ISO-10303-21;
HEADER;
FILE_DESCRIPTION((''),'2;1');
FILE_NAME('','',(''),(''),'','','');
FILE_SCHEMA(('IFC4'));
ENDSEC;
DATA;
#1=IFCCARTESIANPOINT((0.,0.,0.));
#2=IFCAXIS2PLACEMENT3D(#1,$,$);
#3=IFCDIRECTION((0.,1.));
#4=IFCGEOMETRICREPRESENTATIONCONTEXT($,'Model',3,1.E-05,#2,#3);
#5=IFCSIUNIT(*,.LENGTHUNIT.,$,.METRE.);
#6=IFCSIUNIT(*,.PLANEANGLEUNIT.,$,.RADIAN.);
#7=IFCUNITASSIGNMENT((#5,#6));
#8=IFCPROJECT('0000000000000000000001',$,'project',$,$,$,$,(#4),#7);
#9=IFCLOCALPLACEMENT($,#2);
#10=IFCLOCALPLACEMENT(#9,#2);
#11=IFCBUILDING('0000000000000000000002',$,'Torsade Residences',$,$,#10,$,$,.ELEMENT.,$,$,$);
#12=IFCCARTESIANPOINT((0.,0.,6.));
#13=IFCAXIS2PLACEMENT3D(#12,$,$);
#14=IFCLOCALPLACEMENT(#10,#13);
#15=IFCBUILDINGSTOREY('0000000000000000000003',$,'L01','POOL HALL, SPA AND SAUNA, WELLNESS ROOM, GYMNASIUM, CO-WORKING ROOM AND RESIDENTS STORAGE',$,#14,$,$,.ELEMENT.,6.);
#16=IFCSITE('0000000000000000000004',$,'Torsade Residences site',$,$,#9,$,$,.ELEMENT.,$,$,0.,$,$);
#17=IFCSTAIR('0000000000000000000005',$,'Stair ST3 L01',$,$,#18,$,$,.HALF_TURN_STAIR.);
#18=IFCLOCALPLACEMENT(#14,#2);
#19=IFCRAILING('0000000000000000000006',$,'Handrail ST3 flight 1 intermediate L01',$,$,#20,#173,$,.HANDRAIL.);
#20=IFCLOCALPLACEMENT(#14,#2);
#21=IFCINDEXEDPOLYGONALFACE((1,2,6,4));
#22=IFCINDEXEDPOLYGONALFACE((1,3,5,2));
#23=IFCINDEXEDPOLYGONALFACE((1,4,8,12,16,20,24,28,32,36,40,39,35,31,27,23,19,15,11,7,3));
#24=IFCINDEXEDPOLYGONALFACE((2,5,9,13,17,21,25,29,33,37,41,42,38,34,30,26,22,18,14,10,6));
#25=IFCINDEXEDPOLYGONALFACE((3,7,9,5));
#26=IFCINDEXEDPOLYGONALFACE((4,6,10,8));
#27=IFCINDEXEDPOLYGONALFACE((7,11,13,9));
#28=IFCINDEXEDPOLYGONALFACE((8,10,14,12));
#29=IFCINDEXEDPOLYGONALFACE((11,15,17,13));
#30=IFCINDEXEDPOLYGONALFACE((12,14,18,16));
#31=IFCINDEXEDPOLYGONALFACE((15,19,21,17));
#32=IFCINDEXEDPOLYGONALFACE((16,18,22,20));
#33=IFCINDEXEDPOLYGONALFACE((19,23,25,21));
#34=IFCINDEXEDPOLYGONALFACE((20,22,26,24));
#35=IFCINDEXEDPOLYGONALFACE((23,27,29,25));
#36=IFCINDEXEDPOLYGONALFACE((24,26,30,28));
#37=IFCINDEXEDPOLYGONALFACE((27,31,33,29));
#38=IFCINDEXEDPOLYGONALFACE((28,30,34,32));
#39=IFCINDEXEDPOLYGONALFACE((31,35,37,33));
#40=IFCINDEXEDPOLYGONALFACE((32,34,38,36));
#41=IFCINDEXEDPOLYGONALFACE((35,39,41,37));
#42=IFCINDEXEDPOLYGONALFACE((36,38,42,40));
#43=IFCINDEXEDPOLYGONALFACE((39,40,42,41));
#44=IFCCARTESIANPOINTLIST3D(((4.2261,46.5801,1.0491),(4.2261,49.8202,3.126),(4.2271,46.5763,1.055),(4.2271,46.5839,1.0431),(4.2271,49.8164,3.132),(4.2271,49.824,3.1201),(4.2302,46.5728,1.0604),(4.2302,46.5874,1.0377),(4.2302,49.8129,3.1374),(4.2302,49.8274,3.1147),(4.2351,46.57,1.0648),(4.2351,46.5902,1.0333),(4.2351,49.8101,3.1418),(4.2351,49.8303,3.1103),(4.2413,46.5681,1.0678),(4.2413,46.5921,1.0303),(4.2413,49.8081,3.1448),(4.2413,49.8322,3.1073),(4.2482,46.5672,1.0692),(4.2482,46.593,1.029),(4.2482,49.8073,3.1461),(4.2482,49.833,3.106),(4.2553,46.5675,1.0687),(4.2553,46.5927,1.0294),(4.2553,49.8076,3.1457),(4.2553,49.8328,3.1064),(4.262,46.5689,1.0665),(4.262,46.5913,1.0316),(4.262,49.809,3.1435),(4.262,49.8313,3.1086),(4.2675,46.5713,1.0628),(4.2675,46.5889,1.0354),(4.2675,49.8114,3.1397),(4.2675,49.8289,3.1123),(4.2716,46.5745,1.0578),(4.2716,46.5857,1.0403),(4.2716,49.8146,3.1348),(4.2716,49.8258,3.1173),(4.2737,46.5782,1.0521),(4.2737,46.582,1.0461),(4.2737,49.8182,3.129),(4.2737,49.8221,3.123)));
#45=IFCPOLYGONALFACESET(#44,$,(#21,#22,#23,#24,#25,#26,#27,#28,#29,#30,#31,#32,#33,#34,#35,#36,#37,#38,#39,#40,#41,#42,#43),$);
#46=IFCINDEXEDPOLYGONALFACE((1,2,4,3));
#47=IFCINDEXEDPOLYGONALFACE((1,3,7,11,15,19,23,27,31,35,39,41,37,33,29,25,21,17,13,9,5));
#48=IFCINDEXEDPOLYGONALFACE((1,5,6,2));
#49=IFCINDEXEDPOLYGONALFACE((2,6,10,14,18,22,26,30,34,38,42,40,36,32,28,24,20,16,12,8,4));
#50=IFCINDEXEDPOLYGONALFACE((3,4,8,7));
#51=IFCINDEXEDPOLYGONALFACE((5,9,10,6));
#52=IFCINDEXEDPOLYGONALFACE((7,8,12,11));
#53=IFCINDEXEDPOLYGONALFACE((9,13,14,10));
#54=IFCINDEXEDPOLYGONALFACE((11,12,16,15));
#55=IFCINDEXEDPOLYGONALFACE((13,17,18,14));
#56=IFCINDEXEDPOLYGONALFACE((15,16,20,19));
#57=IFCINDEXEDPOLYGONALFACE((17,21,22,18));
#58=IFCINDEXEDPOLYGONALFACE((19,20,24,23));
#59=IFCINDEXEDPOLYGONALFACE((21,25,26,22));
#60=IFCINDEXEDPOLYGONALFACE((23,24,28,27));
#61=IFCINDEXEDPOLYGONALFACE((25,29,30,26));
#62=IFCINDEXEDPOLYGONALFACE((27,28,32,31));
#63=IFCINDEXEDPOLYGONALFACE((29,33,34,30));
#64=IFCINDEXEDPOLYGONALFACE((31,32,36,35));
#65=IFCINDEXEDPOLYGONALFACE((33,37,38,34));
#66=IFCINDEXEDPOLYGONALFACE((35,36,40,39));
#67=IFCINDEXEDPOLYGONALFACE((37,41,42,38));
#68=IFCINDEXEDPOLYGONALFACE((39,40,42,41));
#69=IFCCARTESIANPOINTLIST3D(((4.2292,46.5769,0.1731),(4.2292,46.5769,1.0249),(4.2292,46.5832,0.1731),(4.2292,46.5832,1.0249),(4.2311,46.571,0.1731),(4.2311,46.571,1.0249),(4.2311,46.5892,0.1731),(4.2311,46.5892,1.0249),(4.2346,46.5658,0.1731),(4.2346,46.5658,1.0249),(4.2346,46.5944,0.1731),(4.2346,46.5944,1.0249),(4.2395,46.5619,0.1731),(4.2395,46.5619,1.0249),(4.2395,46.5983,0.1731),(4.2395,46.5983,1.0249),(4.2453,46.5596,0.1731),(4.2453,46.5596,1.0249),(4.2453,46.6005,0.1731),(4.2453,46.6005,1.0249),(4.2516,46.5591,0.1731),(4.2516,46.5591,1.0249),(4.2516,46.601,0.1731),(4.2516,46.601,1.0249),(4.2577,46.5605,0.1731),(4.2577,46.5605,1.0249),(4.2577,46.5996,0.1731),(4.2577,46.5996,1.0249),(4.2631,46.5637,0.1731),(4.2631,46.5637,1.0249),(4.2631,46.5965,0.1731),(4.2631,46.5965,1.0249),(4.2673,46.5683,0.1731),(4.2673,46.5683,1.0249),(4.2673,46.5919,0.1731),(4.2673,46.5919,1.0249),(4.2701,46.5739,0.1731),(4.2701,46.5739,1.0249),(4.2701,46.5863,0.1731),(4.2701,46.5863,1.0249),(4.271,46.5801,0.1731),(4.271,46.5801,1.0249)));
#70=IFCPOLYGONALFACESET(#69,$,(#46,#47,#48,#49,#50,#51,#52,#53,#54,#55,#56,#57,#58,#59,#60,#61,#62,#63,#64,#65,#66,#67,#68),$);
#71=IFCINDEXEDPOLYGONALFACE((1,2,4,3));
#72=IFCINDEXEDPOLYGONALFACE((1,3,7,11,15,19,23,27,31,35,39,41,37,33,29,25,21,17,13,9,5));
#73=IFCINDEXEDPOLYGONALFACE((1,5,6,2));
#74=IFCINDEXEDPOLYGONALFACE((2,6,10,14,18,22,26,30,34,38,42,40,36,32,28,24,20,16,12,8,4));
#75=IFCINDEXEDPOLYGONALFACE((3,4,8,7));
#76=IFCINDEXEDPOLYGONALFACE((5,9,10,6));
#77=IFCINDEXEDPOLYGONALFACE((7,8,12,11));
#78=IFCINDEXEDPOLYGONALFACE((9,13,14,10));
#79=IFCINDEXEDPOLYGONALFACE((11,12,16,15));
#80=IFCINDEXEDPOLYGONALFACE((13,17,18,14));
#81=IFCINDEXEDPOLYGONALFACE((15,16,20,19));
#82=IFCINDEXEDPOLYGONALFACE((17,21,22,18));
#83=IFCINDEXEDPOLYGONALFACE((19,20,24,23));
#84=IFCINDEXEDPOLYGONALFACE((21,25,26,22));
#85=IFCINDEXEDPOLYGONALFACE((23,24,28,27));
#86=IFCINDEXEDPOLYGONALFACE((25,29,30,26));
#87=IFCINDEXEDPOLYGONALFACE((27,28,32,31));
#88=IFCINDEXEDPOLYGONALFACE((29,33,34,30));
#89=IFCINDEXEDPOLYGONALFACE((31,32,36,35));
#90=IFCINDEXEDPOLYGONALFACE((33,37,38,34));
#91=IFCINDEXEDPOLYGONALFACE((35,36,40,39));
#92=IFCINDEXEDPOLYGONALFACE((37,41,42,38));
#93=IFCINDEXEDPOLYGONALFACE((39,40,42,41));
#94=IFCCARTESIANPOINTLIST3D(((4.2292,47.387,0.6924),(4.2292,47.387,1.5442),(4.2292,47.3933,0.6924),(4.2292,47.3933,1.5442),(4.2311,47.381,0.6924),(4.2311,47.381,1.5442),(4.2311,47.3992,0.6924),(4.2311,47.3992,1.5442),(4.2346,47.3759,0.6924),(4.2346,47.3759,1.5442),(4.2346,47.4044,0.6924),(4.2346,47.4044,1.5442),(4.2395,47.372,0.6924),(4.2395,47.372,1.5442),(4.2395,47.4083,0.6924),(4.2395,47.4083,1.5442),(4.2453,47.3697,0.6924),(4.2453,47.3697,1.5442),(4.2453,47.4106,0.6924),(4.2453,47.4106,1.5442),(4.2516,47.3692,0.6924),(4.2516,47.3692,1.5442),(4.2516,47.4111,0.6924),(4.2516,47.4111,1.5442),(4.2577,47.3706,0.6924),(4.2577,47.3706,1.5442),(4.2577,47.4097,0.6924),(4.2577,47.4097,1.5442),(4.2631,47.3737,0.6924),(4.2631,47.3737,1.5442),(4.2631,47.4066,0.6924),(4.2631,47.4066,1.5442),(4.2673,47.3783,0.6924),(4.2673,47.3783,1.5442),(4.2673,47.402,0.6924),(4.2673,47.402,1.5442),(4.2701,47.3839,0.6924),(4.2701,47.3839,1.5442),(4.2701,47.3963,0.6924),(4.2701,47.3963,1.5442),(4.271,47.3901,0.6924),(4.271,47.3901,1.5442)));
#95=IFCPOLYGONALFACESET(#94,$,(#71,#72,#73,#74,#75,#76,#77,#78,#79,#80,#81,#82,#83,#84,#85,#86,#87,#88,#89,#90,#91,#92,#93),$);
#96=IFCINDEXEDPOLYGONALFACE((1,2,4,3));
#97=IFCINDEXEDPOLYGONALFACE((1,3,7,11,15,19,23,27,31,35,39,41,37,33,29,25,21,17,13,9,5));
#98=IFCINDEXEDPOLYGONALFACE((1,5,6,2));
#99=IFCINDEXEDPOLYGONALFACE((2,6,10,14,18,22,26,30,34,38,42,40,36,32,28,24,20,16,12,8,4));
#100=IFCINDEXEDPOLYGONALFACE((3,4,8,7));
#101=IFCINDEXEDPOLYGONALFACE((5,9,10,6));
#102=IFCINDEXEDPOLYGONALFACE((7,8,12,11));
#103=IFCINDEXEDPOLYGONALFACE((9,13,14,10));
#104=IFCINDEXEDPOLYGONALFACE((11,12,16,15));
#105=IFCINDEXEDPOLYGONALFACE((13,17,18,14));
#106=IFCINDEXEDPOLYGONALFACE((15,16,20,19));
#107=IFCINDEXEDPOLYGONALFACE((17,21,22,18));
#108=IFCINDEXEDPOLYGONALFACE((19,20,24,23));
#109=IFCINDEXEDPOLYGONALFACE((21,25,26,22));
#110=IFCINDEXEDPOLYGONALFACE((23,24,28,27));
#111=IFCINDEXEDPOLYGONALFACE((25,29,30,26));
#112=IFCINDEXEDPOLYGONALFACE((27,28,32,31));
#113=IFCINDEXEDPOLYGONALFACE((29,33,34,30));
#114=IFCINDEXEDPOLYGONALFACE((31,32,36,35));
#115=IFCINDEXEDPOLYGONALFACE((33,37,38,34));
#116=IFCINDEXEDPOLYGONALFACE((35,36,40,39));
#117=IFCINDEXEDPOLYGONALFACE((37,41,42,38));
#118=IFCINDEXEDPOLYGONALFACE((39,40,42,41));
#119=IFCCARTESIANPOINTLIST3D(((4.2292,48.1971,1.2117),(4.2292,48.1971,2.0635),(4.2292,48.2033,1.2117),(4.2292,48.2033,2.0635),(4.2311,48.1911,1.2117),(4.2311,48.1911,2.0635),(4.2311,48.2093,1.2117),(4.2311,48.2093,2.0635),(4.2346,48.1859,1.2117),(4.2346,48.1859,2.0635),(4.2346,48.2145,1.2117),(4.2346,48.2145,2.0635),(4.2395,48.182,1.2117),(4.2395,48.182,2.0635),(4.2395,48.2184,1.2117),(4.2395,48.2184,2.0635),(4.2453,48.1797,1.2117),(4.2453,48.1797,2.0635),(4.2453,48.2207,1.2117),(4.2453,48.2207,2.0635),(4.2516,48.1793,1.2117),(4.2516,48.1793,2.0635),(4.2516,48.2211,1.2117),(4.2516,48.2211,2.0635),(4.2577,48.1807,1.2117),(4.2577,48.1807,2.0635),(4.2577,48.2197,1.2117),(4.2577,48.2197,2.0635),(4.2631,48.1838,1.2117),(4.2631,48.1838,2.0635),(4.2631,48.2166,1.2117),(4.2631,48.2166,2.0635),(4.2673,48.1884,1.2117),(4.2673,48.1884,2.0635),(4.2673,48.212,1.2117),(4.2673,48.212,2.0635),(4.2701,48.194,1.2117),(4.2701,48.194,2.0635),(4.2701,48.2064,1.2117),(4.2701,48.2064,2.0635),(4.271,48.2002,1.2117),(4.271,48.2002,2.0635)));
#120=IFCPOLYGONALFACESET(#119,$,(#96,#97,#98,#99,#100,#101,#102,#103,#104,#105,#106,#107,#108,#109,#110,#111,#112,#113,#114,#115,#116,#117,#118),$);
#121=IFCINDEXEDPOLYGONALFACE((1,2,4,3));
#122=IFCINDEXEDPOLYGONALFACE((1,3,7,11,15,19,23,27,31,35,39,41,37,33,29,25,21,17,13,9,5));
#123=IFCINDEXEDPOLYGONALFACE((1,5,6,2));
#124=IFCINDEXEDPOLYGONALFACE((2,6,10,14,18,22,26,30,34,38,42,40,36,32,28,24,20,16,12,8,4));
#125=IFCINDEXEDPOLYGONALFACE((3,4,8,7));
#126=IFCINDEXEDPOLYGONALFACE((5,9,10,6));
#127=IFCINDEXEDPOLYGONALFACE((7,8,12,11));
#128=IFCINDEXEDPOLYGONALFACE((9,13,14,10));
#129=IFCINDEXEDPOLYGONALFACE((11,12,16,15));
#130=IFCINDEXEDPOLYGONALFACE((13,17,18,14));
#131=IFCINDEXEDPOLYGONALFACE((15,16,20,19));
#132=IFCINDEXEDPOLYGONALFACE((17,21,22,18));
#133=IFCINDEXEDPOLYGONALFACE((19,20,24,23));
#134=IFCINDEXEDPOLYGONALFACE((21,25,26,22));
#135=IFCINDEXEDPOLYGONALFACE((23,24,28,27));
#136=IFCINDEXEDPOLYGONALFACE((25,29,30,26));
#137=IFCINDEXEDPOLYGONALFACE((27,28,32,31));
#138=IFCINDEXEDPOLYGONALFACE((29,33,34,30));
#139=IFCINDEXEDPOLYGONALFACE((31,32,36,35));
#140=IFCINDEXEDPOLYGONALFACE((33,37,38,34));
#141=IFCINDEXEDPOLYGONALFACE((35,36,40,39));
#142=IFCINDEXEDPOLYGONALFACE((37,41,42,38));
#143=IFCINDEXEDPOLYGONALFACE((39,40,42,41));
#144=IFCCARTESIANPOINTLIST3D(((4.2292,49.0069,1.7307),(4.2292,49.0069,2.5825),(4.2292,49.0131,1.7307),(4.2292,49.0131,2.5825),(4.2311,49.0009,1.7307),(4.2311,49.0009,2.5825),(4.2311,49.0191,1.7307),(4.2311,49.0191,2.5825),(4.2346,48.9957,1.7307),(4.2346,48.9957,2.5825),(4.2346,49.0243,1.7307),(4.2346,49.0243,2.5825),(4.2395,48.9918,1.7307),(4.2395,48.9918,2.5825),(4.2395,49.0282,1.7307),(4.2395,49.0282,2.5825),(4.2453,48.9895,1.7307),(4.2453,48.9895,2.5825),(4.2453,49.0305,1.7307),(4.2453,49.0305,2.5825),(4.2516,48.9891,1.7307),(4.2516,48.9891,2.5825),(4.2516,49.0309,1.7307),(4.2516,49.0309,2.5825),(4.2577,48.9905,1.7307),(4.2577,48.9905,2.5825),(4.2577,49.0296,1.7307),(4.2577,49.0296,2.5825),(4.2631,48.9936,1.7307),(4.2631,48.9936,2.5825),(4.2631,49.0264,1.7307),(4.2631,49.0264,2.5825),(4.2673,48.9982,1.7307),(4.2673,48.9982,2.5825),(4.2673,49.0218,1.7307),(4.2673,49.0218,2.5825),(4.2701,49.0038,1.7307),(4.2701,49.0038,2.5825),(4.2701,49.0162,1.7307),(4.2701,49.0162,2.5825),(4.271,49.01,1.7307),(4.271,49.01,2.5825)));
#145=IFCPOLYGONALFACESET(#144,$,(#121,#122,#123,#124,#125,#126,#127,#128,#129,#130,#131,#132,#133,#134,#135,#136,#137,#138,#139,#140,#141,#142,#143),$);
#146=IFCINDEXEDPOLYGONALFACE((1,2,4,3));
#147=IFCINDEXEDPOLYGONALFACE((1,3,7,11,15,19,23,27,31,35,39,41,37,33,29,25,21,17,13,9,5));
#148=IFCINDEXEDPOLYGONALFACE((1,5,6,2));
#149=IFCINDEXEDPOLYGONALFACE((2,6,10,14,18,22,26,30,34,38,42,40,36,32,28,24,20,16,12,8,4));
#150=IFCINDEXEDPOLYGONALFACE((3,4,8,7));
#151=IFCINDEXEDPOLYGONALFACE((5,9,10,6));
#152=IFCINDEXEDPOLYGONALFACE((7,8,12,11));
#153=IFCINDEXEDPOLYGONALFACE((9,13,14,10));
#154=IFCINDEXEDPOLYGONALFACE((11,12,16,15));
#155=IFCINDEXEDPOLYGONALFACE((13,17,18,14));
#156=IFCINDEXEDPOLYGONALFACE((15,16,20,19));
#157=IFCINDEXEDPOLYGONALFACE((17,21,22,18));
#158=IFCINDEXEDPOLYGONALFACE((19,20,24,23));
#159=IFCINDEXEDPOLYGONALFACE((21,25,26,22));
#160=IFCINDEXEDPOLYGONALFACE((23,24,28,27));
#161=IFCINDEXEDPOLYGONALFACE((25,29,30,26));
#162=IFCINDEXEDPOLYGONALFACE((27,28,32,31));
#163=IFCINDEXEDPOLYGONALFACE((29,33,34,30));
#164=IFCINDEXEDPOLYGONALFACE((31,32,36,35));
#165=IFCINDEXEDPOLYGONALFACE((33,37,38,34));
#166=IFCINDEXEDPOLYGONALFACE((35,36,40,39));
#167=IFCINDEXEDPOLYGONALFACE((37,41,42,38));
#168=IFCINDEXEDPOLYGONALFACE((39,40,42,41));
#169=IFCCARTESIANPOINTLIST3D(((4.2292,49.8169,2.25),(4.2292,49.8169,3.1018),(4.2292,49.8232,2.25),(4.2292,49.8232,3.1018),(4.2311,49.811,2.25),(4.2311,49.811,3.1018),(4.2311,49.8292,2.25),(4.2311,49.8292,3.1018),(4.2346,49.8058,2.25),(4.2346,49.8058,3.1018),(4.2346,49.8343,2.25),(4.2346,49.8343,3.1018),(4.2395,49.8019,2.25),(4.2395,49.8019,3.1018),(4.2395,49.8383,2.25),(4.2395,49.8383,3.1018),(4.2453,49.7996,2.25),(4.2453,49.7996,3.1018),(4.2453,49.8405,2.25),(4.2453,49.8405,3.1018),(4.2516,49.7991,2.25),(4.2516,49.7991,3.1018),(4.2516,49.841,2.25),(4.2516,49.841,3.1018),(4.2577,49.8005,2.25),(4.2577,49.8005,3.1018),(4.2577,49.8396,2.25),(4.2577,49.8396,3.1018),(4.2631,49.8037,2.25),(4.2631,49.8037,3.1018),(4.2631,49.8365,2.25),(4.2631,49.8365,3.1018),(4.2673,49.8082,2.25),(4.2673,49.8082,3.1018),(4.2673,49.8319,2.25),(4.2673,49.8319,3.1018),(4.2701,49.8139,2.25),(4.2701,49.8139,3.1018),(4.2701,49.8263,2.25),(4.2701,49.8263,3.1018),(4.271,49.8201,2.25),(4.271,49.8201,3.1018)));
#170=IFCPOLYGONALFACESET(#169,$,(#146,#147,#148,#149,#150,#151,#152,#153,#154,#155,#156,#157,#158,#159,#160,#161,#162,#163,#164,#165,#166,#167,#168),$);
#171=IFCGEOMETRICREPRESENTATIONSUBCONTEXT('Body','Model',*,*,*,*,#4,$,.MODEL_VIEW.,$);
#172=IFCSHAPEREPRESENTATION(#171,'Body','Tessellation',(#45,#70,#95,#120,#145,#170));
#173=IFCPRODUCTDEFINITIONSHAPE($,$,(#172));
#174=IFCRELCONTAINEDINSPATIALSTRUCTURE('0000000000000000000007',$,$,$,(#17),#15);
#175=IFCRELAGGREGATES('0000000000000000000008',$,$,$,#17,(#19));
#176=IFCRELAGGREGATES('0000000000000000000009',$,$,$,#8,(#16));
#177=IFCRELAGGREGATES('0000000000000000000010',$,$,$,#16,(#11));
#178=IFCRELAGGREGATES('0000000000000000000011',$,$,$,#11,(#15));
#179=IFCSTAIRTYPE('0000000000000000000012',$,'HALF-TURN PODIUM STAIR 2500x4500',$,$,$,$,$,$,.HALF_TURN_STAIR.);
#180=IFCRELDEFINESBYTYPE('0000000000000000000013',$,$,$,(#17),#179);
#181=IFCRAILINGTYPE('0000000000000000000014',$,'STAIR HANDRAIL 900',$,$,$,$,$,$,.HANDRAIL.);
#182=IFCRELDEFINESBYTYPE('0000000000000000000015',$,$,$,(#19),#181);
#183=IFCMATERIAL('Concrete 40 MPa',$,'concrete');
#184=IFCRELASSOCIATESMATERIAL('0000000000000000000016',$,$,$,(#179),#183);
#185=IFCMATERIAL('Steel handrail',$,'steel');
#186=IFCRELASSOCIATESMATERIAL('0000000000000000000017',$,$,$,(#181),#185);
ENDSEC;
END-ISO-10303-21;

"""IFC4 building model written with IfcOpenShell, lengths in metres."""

from ifc_helpers import new_model, si_unit, direction, frame, origin, origin_2d, place, context, subcontext, project, spatial, circle, extrude, material, type_object, element, aggregate, save


model = new_model("IFC4")

# Units and contexts
model_context = context("Model", 3, precision=1e-05, world=origin(), true_north=direction((0.0, 1.0)))
body_context = subcontext(model_context, "Body", "Model", "MODEL_VIEW")
ifc_project = project(units=[si_unit("LENGTHUNIT", "METRE"), si_unit("PLANEANGLEUNIT", "RADIAN")], contexts=[model_context])

# Site, building, storey
site_placement = place(None, origin())
site = spatial("IfcSite", under=ifc_project, at=site_placement, Name="Torsade Residences site", CompositionType="ELEMENT", RefElevation=0.0)
building_placement = place(site_placement, origin())
building = spatial("IfcBuilding", under=site, at=building_placement, Name="Torsade Residences", CompositionType="ELEMENT")
storey_placement = place(building_placement, frame((0.0, 0.0, 6.0)))
storey = spatial("IfcBuildingStorey", under=building, at=storey_placement, Name="L01", Description="POOL HALL, SPA AND SAUNA, WELLNESS ROOM, GYMNASIUM, CO-WORKING ROOM AND RESIDENTS STORAGE", CompositionType="ELEMENT", Elevation=6.0)

# Stair, railing
ifc_material_1 = material(Name="Concrete 40 MPa", Category="concrete")
stair_type = type_object("IfcStairType", Name="HALF-TURN PODIUM STAIR 2500x4500", PredefinedType="HALF_TURN_STAIR", material=ifc_material_1)
stair_placement = place(storey_placement, origin())
stair = element("IfcStair", 1, at=stair_placement, inside=storey, type_object=stair_type, Name="Stair ST3 L01", PredefinedType="HALF_TURN_STAIR")
ifc_material_2 = material(Name="Steel handrail", Category="steel")
railing_type = type_object("IfcRailingType", Name="STAIR HANDRAIL 900", PredefinedType="HANDRAIL", material=ifc_material_2)
railing_1_placement = place(storey_placement, frame((4.25, 46.5801, 0.1731)))
railing_1 = element("IfcRailing", 2, at=railing_1_placement, type_object=railing_type, Name="Handrail ST3 flight 1 intermediate L01", PredefinedType="HANDRAIL", context=body_context, shape_type="SweptSolid", body=[
    extrude(circle(Radius=0.0239, at=origin_2d()), frame((0.0, 0.0, 0.876), z_axis=(0.0, 0.841881, 0.539664), x_axis=(-1.0, 0.0, 0.0)), (0.0, 0.0, 1.0), 3.8486),
    extrude(circle(Radius=0.021, at=origin_2d()), origin(), (0.0, 0.0, 1.0), 0.8518),
    extrude(circle(Radius=0.021, at=origin_2d()), frame((0.0, 0.8101, 0.5193)), (0.0, 0.0, 1.0), 0.8518),
    extrude(circle(Radius=0.021, at=origin_2d()), frame((0.0, 1.6201, 1.0386)), (0.0, 0.0, 1.0), 0.8518),
    extrude(circle(Radius=0.021, at=origin_2d()), frame((0.0, 2.4299, 1.5576)), (0.0, 0.0, 1.0), 0.8518),
    extrude(circle(Radius=0.021, at=origin_2d()), frame((0.0, 3.24, 2.0769)), (0.0, 0.0, 1.0), 0.8518),
])
aggregate(stair, [railing_1])

save(model, "model.ifc")
